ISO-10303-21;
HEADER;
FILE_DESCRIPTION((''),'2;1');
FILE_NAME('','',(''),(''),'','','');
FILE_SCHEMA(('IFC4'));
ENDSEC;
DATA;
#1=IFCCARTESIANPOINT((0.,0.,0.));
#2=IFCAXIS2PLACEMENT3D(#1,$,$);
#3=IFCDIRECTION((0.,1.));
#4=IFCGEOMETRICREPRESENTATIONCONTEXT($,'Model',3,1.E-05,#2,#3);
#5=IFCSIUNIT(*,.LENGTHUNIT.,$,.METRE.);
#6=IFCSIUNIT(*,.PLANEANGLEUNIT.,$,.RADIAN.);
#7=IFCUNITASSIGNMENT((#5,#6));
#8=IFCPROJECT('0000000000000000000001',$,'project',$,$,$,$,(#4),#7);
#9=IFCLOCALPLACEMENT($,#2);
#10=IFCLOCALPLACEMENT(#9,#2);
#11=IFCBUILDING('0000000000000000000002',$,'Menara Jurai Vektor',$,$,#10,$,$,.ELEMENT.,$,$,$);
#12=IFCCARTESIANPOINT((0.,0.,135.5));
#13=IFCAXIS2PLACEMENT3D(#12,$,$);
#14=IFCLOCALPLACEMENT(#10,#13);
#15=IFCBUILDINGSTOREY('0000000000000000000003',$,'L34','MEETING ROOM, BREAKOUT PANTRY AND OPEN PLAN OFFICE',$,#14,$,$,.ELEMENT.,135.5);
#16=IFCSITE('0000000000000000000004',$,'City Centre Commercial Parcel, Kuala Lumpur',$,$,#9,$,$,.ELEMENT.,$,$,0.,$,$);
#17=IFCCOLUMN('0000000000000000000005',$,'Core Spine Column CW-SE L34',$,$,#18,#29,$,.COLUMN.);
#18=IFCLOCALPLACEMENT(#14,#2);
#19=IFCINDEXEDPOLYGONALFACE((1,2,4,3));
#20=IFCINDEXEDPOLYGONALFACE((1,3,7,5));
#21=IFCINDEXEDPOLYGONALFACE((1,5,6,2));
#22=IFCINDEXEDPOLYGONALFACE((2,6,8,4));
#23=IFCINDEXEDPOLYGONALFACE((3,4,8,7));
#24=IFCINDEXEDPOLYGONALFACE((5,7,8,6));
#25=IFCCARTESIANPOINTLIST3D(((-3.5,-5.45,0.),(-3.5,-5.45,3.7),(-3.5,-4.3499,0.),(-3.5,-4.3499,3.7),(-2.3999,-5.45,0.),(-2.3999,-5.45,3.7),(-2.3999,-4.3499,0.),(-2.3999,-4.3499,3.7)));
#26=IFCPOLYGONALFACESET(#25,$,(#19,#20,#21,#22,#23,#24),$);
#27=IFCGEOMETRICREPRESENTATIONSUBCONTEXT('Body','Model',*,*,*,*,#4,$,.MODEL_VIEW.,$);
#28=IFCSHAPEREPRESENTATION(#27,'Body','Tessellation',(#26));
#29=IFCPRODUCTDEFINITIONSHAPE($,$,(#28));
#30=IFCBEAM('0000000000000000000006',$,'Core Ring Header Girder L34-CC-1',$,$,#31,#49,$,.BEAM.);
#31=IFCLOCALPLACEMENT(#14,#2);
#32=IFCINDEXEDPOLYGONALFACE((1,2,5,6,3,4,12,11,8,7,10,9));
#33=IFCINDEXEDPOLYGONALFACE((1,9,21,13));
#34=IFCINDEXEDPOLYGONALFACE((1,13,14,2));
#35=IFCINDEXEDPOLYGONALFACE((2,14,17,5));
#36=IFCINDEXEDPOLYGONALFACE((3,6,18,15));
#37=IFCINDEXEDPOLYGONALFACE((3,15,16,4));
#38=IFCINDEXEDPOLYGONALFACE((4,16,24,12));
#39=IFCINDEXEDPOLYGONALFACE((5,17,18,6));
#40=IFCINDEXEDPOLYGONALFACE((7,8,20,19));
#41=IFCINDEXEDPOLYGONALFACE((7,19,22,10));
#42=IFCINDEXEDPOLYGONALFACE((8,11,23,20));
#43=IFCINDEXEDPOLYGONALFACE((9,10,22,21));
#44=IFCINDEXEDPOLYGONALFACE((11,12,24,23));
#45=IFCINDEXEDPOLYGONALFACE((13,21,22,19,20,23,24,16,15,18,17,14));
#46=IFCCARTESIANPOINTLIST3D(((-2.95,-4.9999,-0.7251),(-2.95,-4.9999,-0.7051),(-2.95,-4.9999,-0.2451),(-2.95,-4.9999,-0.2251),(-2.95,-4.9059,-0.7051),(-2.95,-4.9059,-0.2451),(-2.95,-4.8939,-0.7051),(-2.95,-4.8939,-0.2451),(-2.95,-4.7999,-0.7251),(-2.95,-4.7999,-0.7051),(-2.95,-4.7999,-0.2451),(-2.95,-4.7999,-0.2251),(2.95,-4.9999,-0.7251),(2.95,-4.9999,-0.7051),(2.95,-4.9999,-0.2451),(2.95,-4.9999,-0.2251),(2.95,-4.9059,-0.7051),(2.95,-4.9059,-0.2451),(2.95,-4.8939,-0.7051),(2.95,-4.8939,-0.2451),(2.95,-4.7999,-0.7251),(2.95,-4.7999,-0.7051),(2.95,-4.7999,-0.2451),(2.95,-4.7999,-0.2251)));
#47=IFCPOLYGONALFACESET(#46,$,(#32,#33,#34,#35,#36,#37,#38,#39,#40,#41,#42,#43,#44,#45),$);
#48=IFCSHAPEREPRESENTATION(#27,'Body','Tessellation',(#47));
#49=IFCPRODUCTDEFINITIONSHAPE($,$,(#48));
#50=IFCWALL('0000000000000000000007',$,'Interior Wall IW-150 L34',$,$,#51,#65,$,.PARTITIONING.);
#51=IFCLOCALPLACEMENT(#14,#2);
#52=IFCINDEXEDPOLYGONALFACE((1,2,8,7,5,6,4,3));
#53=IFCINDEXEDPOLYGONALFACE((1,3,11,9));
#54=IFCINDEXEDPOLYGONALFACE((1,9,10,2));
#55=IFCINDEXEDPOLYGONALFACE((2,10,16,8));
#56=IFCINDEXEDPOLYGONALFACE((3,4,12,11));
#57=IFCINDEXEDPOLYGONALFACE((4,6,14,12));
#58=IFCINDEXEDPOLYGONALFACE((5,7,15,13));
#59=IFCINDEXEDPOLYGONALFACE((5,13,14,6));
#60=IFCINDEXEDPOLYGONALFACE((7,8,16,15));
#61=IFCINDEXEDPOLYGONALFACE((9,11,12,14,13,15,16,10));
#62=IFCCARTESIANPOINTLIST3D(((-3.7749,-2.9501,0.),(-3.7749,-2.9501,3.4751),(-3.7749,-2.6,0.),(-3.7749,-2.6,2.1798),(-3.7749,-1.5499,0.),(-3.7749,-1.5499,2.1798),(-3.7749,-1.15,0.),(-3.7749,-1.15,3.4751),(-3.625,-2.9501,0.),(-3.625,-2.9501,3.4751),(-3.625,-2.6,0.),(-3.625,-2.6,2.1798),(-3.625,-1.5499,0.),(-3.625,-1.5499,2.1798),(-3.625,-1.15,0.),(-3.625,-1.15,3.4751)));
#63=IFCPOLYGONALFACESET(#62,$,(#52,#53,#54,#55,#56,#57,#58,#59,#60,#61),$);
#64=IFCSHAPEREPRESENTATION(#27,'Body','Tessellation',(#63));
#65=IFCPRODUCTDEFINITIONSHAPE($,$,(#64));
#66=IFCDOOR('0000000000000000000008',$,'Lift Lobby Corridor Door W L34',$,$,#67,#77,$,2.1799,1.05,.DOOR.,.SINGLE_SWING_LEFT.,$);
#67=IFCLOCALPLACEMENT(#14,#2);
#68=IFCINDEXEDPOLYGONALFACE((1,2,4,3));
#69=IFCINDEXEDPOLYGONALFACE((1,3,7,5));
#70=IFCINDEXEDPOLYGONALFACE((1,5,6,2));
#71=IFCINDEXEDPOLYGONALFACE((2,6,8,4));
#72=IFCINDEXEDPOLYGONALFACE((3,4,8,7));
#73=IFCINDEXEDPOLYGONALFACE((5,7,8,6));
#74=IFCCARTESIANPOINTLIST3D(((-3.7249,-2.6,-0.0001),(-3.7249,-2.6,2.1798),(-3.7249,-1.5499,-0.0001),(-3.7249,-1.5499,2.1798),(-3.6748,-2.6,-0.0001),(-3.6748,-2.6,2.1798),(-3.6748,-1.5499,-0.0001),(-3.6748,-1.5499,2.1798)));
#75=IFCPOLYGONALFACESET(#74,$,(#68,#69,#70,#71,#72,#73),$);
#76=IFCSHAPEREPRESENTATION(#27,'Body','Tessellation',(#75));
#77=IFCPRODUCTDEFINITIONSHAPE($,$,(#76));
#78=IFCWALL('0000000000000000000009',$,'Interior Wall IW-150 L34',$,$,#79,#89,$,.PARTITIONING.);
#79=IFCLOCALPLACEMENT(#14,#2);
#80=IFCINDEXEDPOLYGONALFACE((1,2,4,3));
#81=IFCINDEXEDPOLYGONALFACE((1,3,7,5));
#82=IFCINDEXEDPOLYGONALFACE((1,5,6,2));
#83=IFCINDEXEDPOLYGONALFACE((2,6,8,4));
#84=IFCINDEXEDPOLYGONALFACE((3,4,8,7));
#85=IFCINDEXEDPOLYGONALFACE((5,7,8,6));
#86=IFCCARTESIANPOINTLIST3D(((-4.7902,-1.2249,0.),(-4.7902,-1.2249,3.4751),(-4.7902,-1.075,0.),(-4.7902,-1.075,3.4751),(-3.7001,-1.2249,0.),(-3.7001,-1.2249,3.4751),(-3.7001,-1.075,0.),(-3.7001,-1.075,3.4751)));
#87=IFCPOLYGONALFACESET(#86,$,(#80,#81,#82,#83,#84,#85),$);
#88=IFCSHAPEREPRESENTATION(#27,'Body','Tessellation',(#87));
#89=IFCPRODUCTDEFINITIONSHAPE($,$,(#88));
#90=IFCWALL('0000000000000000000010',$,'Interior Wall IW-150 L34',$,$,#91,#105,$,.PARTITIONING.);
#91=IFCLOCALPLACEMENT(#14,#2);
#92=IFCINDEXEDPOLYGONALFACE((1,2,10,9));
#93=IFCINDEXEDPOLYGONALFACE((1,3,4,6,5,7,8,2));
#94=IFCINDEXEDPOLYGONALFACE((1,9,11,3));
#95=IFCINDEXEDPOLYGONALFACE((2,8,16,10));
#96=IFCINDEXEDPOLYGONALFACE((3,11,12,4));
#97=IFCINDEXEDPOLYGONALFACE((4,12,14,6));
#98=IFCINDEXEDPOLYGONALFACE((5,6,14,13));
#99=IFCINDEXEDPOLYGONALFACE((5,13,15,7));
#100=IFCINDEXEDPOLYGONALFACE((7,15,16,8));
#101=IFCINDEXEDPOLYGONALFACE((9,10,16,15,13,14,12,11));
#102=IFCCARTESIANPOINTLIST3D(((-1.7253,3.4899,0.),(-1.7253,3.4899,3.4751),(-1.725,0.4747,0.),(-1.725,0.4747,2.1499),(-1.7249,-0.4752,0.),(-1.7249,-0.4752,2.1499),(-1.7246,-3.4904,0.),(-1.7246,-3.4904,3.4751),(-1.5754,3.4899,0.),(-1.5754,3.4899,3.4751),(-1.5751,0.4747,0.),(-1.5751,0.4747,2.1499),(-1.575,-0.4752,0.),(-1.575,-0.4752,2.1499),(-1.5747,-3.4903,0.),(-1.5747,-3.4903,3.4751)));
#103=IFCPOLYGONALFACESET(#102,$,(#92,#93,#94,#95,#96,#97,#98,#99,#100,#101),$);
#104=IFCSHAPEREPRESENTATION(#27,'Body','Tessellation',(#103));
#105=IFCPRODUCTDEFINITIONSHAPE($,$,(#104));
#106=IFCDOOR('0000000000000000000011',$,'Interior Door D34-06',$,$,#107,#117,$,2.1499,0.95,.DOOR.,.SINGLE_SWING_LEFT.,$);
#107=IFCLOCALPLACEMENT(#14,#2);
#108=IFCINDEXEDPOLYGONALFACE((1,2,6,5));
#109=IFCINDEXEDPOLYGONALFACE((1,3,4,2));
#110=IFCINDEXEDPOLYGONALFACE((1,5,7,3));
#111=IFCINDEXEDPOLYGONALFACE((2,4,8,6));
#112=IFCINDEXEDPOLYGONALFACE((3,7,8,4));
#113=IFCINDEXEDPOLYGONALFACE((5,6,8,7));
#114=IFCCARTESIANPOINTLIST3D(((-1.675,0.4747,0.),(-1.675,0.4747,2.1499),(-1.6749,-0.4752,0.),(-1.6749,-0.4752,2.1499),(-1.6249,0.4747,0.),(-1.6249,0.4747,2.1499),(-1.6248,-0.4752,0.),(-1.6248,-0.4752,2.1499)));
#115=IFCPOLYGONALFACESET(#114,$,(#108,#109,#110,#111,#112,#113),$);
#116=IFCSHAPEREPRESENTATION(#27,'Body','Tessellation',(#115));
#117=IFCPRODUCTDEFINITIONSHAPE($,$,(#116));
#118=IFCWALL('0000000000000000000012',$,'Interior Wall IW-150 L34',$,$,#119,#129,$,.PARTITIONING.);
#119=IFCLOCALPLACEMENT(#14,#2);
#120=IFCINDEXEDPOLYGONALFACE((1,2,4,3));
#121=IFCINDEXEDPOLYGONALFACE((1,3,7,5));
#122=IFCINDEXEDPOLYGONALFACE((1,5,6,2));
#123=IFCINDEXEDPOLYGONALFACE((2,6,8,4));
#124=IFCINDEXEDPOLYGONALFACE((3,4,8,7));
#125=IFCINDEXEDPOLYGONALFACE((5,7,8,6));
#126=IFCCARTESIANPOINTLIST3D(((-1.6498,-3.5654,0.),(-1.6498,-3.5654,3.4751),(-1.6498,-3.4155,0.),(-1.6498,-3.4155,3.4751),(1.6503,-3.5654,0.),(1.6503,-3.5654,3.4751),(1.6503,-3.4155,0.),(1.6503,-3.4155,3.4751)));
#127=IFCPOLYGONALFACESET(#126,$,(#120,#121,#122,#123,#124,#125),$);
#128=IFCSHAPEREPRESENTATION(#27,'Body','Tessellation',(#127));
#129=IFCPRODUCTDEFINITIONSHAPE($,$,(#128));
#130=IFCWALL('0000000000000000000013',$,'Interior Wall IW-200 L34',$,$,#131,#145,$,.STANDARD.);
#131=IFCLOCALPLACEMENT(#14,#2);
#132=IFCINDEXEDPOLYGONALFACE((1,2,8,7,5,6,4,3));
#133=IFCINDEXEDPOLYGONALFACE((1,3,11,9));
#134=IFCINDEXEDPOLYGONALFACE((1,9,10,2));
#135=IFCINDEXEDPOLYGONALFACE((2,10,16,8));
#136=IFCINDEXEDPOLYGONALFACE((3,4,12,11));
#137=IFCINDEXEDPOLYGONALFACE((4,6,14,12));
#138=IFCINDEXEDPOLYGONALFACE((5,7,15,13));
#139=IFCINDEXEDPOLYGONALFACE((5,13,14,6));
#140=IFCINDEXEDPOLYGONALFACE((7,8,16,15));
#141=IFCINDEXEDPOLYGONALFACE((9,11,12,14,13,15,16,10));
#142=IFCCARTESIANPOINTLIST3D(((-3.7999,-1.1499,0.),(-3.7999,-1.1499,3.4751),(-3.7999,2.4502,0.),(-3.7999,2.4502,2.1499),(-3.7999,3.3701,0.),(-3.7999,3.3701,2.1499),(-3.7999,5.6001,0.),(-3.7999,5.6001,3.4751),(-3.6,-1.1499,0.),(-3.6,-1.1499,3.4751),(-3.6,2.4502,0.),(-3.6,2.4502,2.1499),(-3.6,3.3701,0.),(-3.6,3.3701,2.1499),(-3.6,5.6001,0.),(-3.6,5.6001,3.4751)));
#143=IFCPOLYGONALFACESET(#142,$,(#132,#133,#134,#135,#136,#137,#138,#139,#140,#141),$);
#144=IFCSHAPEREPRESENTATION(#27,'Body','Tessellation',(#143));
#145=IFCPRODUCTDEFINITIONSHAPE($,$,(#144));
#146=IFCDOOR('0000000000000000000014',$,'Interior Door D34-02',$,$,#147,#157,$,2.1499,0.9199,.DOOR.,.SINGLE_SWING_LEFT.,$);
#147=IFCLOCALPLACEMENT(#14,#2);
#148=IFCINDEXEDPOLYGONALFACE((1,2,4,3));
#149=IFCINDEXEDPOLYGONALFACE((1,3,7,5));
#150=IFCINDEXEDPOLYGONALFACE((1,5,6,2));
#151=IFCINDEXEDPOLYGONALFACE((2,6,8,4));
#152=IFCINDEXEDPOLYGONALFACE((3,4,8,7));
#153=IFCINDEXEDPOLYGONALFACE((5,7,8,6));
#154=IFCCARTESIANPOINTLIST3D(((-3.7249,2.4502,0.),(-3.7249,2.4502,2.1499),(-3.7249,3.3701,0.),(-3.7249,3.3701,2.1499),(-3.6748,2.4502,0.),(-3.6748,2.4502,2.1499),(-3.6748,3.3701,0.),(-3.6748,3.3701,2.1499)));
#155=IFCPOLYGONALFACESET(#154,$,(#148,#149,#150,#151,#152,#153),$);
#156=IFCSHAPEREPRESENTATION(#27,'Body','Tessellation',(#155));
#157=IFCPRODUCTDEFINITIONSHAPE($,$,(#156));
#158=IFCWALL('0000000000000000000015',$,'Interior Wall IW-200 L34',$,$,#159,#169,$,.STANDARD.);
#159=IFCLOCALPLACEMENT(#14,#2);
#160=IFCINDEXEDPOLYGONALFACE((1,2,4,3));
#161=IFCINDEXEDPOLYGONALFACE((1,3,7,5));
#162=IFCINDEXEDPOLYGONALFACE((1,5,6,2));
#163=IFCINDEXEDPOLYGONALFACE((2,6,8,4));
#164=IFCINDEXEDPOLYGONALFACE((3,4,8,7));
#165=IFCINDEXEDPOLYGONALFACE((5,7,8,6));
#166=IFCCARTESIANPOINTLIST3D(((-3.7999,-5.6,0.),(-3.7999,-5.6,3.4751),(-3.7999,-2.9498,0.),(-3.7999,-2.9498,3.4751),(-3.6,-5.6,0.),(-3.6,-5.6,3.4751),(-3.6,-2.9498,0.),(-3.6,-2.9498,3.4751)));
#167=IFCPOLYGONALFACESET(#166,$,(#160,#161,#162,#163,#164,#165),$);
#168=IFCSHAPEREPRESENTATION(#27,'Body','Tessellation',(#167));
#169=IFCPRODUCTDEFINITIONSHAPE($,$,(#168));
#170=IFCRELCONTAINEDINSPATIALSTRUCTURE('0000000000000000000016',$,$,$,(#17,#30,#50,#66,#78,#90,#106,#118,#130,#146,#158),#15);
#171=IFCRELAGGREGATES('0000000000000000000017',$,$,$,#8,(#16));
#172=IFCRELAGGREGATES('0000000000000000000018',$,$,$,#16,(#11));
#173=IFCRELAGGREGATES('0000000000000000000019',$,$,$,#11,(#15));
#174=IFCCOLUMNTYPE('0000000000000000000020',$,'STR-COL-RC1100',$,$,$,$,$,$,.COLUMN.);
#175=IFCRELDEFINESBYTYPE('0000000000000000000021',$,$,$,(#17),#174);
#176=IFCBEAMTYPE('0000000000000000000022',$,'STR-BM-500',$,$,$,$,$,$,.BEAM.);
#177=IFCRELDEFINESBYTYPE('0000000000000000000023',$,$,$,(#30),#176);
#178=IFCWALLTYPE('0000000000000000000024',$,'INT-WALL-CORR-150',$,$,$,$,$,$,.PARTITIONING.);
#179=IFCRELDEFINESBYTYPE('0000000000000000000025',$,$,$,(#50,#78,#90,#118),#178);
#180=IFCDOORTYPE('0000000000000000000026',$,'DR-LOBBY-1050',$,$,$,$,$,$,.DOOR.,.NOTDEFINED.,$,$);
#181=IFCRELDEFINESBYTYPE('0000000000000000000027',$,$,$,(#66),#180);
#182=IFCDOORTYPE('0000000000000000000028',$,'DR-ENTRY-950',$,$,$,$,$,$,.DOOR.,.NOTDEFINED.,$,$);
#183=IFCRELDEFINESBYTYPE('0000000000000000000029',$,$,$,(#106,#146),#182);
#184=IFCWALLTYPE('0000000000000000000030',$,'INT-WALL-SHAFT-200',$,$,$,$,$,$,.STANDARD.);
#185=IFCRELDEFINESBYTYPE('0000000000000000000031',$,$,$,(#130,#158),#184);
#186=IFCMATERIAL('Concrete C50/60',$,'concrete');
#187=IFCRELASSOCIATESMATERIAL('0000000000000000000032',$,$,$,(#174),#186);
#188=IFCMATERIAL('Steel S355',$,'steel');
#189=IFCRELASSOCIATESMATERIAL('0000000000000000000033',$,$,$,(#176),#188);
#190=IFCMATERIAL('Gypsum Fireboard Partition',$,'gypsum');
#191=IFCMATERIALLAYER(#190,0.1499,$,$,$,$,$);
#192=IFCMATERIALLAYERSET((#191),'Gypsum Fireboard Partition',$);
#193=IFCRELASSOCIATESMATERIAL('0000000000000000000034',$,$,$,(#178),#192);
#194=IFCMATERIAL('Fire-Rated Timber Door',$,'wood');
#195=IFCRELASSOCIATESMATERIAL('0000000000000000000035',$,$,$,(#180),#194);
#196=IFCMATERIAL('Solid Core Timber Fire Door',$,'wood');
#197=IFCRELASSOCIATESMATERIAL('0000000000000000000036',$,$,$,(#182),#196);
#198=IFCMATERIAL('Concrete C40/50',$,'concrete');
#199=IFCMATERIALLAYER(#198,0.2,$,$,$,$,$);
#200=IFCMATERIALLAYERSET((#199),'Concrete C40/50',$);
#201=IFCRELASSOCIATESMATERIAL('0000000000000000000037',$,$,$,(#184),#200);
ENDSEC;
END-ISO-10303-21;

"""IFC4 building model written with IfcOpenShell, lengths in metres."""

from ifc_helpers import new_model, si_unit, direction, frame, frame_2d, origin, origin_2d, place, context, subcontext, project, spatial, rectangle, i_section, extrude, material, layer, layer_set, material_profile, profile_set, type_object, element, fill, save


model = new_model("IFC4")

# Units and contexts
model_context = context("Model", 3, precision=1e-05, world=origin(), true_north=direction((0.0, 1.0)))
body_context = subcontext(model_context, "Body", "Model", "MODEL_VIEW")
ifc_project = project(units=[si_unit("LENGTHUNIT", "METRE"), si_unit("PLANEANGLEUNIT", "RADIAN")], contexts=[model_context])

# Site, building, storey
site_placement = place(None, origin())
site = spatial("IfcSite", under=ifc_project, at=site_placement, Name="City Centre Commercial Parcel, Kuala Lumpur", CompositionType="ELEMENT", RefElevation=0.0)
building_placement = place(site_placement, origin())
building = spatial("IfcBuilding", under=site, at=building_placement, Name="Menara Jurai Vektor", CompositionType="ELEMENT")
storey_placement = place(building_placement, frame((0.0, 0.0, 135.5)))
storey = spatial("IfcBuildingStorey", under=building, at=storey_placement, Name="L34", Description="MEETING ROOM, BREAKOUT PANTRY AND OPEN PLAN OFFICE", CompositionType="ELEMENT", Elevation=135.5)

# Column
ifc_material_1 = material(Name="Concrete C50/60", Category="concrete")
ifc_material_profile_1 = material_profile(ifc_material_1, rectangle(XDim=1.1001, YDim=1.1001, at=origin_2d()), Name="RC 1100x1100")
ifc_profile_set_1 = profile_set([ifc_material_profile_1], Name="Concrete C50/60")
column_type = type_object("IfcColumnType", Name="STR-COL-RC1100", PredefinedType="COLUMN", material=ifc_profile_set_1)
column_placement = place(storey_placement, frame((-2.95, -4.8999, 0.0), z_axis=(0.0, 0.0, 1.0), x_axis=(1.0, 0.0, 0.0)))
element("IfcColumn", 1, at=column_placement, inside=storey, type_object=column_type, Name="Core Spine Column CW-SE L34", PredefinedType="COLUMN", context=body_context, shape_type="SweptSolid", body=[
    extrude(rectangle(XDim=1.1001, YDim=1.1001, at=origin_2d()), origin(), (0.0, 0.0, 1.0), 3.7),
])

# Beam
ifc_material_2 = material(Name="Steel S355", Category="steel")
ifc_material_profile_2 = material_profile(ifc_material_2, i_section(OverallWidth=0.2, OverallDepth=0.5, WebThickness=0.012, FlangeThickness=0.02, at=origin_2d()), Name="PG 500x200x96")
ifc_profile_set_2 = profile_set([ifc_material_profile_2], Name="Steel S355")
beam_type = type_object("IfcBeamType", Name="STR-BM-500", PredefinedType="BEAM", material=ifc_profile_set_2)
beam_placement = place(storey_placement, frame((-2.95, -4.8999, -0.4751), z_axis=(1.0, 0.0, 0.0), x_axis=(0.0, 1.0, 0.0)))
element("IfcBeam", 2, at=beam_placement, inside=storey, type_object=beam_type, Name="Core Ring Header Girder L34-CC-1", PredefinedType="BEAM", context=body_context, shape_type="SweptSolid", body=[
    extrude(i_section(OverallWidth=0.2, OverallDepth=0.5, WebThickness=0.012, FlangeThickness=0.02, at=origin_2d()), origin(), (0.0, 0.0, 1.0), 5.8999),
])

# Wall, opening, door
ifc_material_3 = material(Name="Gypsum Fireboard Partition", Category="gypsum")
ifc_layer_1 = layer(ifc_material_3, 0.1499)
ifc_layer_set_1 = layer_set([ifc_layer_1], Name="Gypsum Fireboard Partition")
wall_type_1 = type_object("IfcWallType", Name="INT-WALL-CORR-150", PredefinedType="PARTITIONING", material=ifc_layer_set_1)
wall_1_placement = place(storey_placement, frame((-3.7, -2.95, 0.0), z_axis=(0.0, 0.0, 1.0), x_axis=(0.0, 1.0, 0.0)))
wall_1 = element("IfcWall", 3, at=wall_1_placement, inside=storey, type_object=wall_type_1, Name="Interior Wall IW-150 L34", PredefinedType="PARTITIONING", context=body_context, shape_type="SweptSolid", body=[
    extrude(rectangle(XDim=1.8, YDim=0.1499, at=frame_2d((0.8999, 0.0))), origin(), (0.0, 0.0, 1.0), 3.4751),
])
opening_1_placement = place(wall_1_placement, frame((0.3501, 0.0, 0.0)))
opening_1 = element("IfcOpeningElement", 4, at=opening_1_placement, cuts=wall_1, PredefinedType="OPENING", context=body_context, shape_type="SweptSolid", body=[
    extrude(rectangle(XDim=1.05, YDim=2.1799, at=frame_2d((0.5249, 1.0898))), frame((0.0, 0.085, 0.0), z_axis=(0.0, -1.0, 0.0), x_axis=(1.0, 0.0, 0.0)), (0.0, 0.0, 1.0), 0.1699),
])
ifc_material_4 = material(Name="Fire-Rated Timber Door", Category="wood")
door_type_1 = type_object("IfcDoorType", Name="DR-LOBBY-1050", OperationType="NOTDEFINED", PredefinedType="DOOR", material=ifc_material_4)
door_1_placement = place(opening_1_placement, origin())
door_1 = element("IfcDoor", 5, at=door_1_placement, inside=storey, type_object=door_type_1, Name="Lift Lobby Corridor Door W L34", OperationType="SINGLE_SWING_LEFT", OverallHeight=2.1799, OverallWidth=1.05, PredefinedType="DOOR", context=body_context, shape_type="SweptSolid", body=[
    extrude(rectangle(XDim=1.05, YDim=2.1799, at=frame_2d((0.5249, 1.0898))), frame((0.0, 0.0249, 0.0), z_axis=(0.0, -1.0, 0.0), x_axis=(1.0, 0.0, 0.0)), (0.0, 0.0, 1.0), 0.05),
])
fill(opening_1, door_1)

# Wall
wall_2_placement = place(storey_placement, frame((-4.79, -1.1499, 0.0), z_axis=(0.0, 0.0, 1.0), x_axis=(1.0, 0.0, 0.0)))
element("IfcWall", 6, at=wall_2_placement, inside=storey, type_object=wall_type_1, Name="Interior Wall IW-150 L34", PredefinedType="PARTITIONING", context=body_context, shape_type="SweptSolid", body=[
    extrude(rectangle(XDim=1.0901, YDim=0.1499, at=frame_2d((0.5449, 0.0))), origin(), (0.0, 0.0, 1.0), 3.4751),
])

# Wall, opening, door
wall_3_placement = place(storey_placement, frame((-1.6497, -3.4905, 0.0), z_axis=(0.0, 0.0, 1.0), x_axis=(-0.000105, 1.0, 0.0)))
wall_3 = element("IfcWall", 7, at=wall_3_placement, inside=storey, type_object=wall_type_1, Name="Interior Wall IW-150 L34", PredefinedType="PARTITIONING", context=body_context, shape_type="SweptSolid", body=[
    extrude(rectangle(XDim=6.9802, YDim=0.1499, at=frame_2d((3.4902, 0.0))), origin(), (0.0, 0.0, 1.0), 3.4751),
])
opening_2_placement = place(wall_3_placement, frame((3.0151, 0.0, 0.0)))
opening_2 = element("IfcOpeningElement", 8, at=opening_2_placement, cuts=wall_3, PredefinedType="OPENING", context=body_context, shape_type="SweptSolid", body=[
    extrude(rectangle(XDim=0.95, YDim=2.1499, at=frame_2d((0.4751, 1.075))), frame((0.0, 0.085, 0.0), z_axis=(0.0, -1.0, 0.0), x_axis=(1.0, 0.0, 0.0)), (0.0, 0.0, 1.0), 0.1699),
])
ifc_material_5 = material(Name="Solid Core Timber Fire Door", Category="wood")
door_type_2 = type_object("IfcDoorType", Name="DR-ENTRY-950", OperationType="NOTDEFINED", PredefinedType="DOOR", material=ifc_material_5)
door_2_placement = place(opening_2_placement, origin())
door_2 = element("IfcDoor", 9, at=door_2_placement, inside=storey, type_object=door_type_2, Name="Interior Door D34-06", OperationType="SINGLE_SWING_LEFT", OverallHeight=2.1499, OverallWidth=0.95, PredefinedType="DOOR", context=body_context, shape_type="SweptSolid", body=[
    extrude(rectangle(XDim=0.95, YDim=2.1499, at=frame_2d((0.4751, 1.075))), frame((0.0, 0.0249, 0.0), z_axis=(0.0, -1.0, 0.0), x_axis=(1.0, 0.0, 0.0)), (0.0, 0.0, 1.0), 0.05),
])
fill(opening_2, door_2)

# Wall
wall_4_placement = place(storey_placement, frame((-1.6497, -3.4905, 0.0), z_axis=(0.0, 0.0, 1.0), x_axis=(1.0, 0.0, 0.0)))
element("IfcWall", 10, at=wall_4_placement, inside=storey, type_object=wall_type_1, Name="Interior Wall IW-150 L34", PredefinedType="PARTITIONING", context=body_context, shape_type="SweptSolid", body=[
    extrude(rectangle(XDim=3.3, YDim=0.1499, at=frame_2d((1.6499, 0.0))), origin(), (0.0, 0.0, 1.0), 3.4751),
])

# Wall, opening, door
ifc_material_6 = material(Name="Concrete C40/50", Category="concrete")
ifc_layer_2 = layer(ifc_material_6, 0.2)
ifc_layer_set_2 = layer_set([ifc_layer_2], Name="Concrete C40/50")
wall_type_2 = type_object("IfcWallType", Name="INT-WALL-SHAFT-200", PredefinedType="STANDARD", material=ifc_layer_set_2)
wall_5_placement = place(storey_placement, frame((-3.7, -1.1499, 0.0), z_axis=(0.0, 0.0, 1.0), x_axis=(0.0, 1.0, 0.0)))
wall_5 = element("IfcWall", 11, at=wall_5_placement, inside=storey, type_object=wall_type_2, Name="Interior Wall IW-200 L34", PredefinedType="STANDARD", context=body_context, shape_type="SweptSolid", body=[
    extrude(rectangle(XDim=6.75, YDim=0.2, at=frame_2d((3.375, 0.0))), origin(), (0.0, 0.0, 1.0), 3.4751),
])
opening_3_placement = place(wall_5_placement, frame((3.6001, 0.0, 0.0)))
opening_3 = element("IfcOpeningElement", 12, at=opening_3_placement, cuts=wall_5, PredefinedType="OPENING", context=body_context, shape_type="SweptSolid", body=[
    extrude(rectangle(XDim=0.9199, YDim=2.1499, at=frame_2d((0.46, 1.075))), frame((0.0, 0.1099, 0.0), z_axis=(0.0, -1.0, 0.0), x_axis=(1.0, 0.0, 0.0)), (0.0, 0.0, 1.0), 0.22),
])
door_3_placement = place(opening_3_placement, origin())
door_3 = element("IfcDoor", 13, at=door_3_placement, inside=storey, type_object=door_type_2, Name="Interior Door D34-02", OperationType="SINGLE_SWING_LEFT", OverallHeight=2.1499, OverallWidth=0.9199, PredefinedType="DOOR", context=body_context, shape_type="SweptSolid", body=[
    extrude(rectangle(XDim=0.9199, YDim=2.1499, at=frame_2d((0.46, 1.075))), frame((0.0, 0.0249, 0.0), z_axis=(0.0, -1.0, 0.0), x_axis=(1.0, 0.0, 0.0)), (0.0, 0.0, 1.0), 0.05),
])
fill(opening_3, door_3)

# Wall
wall_6_placement = place(storey_placement, frame((-3.7, -5.6001, 0.0), z_axis=(0.0, 0.0, 1.0), x_axis=(0.0, 1.0, 0.0)))
element("IfcWall", 14, at=wall_6_placement, inside=storey, type_object=wall_type_2, Name="Interior Wall IW-200 L34", PredefinedType="STANDARD", context=body_context, shape_type="SweptSolid", body=[
    extrude(rectangle(XDim=2.6501, YDim=0.2, at=frame_2d((1.3252, 0.0))), origin(), (0.0, 0.0, 1.0), 3.4751),
])

save(model, "model.ifc")
